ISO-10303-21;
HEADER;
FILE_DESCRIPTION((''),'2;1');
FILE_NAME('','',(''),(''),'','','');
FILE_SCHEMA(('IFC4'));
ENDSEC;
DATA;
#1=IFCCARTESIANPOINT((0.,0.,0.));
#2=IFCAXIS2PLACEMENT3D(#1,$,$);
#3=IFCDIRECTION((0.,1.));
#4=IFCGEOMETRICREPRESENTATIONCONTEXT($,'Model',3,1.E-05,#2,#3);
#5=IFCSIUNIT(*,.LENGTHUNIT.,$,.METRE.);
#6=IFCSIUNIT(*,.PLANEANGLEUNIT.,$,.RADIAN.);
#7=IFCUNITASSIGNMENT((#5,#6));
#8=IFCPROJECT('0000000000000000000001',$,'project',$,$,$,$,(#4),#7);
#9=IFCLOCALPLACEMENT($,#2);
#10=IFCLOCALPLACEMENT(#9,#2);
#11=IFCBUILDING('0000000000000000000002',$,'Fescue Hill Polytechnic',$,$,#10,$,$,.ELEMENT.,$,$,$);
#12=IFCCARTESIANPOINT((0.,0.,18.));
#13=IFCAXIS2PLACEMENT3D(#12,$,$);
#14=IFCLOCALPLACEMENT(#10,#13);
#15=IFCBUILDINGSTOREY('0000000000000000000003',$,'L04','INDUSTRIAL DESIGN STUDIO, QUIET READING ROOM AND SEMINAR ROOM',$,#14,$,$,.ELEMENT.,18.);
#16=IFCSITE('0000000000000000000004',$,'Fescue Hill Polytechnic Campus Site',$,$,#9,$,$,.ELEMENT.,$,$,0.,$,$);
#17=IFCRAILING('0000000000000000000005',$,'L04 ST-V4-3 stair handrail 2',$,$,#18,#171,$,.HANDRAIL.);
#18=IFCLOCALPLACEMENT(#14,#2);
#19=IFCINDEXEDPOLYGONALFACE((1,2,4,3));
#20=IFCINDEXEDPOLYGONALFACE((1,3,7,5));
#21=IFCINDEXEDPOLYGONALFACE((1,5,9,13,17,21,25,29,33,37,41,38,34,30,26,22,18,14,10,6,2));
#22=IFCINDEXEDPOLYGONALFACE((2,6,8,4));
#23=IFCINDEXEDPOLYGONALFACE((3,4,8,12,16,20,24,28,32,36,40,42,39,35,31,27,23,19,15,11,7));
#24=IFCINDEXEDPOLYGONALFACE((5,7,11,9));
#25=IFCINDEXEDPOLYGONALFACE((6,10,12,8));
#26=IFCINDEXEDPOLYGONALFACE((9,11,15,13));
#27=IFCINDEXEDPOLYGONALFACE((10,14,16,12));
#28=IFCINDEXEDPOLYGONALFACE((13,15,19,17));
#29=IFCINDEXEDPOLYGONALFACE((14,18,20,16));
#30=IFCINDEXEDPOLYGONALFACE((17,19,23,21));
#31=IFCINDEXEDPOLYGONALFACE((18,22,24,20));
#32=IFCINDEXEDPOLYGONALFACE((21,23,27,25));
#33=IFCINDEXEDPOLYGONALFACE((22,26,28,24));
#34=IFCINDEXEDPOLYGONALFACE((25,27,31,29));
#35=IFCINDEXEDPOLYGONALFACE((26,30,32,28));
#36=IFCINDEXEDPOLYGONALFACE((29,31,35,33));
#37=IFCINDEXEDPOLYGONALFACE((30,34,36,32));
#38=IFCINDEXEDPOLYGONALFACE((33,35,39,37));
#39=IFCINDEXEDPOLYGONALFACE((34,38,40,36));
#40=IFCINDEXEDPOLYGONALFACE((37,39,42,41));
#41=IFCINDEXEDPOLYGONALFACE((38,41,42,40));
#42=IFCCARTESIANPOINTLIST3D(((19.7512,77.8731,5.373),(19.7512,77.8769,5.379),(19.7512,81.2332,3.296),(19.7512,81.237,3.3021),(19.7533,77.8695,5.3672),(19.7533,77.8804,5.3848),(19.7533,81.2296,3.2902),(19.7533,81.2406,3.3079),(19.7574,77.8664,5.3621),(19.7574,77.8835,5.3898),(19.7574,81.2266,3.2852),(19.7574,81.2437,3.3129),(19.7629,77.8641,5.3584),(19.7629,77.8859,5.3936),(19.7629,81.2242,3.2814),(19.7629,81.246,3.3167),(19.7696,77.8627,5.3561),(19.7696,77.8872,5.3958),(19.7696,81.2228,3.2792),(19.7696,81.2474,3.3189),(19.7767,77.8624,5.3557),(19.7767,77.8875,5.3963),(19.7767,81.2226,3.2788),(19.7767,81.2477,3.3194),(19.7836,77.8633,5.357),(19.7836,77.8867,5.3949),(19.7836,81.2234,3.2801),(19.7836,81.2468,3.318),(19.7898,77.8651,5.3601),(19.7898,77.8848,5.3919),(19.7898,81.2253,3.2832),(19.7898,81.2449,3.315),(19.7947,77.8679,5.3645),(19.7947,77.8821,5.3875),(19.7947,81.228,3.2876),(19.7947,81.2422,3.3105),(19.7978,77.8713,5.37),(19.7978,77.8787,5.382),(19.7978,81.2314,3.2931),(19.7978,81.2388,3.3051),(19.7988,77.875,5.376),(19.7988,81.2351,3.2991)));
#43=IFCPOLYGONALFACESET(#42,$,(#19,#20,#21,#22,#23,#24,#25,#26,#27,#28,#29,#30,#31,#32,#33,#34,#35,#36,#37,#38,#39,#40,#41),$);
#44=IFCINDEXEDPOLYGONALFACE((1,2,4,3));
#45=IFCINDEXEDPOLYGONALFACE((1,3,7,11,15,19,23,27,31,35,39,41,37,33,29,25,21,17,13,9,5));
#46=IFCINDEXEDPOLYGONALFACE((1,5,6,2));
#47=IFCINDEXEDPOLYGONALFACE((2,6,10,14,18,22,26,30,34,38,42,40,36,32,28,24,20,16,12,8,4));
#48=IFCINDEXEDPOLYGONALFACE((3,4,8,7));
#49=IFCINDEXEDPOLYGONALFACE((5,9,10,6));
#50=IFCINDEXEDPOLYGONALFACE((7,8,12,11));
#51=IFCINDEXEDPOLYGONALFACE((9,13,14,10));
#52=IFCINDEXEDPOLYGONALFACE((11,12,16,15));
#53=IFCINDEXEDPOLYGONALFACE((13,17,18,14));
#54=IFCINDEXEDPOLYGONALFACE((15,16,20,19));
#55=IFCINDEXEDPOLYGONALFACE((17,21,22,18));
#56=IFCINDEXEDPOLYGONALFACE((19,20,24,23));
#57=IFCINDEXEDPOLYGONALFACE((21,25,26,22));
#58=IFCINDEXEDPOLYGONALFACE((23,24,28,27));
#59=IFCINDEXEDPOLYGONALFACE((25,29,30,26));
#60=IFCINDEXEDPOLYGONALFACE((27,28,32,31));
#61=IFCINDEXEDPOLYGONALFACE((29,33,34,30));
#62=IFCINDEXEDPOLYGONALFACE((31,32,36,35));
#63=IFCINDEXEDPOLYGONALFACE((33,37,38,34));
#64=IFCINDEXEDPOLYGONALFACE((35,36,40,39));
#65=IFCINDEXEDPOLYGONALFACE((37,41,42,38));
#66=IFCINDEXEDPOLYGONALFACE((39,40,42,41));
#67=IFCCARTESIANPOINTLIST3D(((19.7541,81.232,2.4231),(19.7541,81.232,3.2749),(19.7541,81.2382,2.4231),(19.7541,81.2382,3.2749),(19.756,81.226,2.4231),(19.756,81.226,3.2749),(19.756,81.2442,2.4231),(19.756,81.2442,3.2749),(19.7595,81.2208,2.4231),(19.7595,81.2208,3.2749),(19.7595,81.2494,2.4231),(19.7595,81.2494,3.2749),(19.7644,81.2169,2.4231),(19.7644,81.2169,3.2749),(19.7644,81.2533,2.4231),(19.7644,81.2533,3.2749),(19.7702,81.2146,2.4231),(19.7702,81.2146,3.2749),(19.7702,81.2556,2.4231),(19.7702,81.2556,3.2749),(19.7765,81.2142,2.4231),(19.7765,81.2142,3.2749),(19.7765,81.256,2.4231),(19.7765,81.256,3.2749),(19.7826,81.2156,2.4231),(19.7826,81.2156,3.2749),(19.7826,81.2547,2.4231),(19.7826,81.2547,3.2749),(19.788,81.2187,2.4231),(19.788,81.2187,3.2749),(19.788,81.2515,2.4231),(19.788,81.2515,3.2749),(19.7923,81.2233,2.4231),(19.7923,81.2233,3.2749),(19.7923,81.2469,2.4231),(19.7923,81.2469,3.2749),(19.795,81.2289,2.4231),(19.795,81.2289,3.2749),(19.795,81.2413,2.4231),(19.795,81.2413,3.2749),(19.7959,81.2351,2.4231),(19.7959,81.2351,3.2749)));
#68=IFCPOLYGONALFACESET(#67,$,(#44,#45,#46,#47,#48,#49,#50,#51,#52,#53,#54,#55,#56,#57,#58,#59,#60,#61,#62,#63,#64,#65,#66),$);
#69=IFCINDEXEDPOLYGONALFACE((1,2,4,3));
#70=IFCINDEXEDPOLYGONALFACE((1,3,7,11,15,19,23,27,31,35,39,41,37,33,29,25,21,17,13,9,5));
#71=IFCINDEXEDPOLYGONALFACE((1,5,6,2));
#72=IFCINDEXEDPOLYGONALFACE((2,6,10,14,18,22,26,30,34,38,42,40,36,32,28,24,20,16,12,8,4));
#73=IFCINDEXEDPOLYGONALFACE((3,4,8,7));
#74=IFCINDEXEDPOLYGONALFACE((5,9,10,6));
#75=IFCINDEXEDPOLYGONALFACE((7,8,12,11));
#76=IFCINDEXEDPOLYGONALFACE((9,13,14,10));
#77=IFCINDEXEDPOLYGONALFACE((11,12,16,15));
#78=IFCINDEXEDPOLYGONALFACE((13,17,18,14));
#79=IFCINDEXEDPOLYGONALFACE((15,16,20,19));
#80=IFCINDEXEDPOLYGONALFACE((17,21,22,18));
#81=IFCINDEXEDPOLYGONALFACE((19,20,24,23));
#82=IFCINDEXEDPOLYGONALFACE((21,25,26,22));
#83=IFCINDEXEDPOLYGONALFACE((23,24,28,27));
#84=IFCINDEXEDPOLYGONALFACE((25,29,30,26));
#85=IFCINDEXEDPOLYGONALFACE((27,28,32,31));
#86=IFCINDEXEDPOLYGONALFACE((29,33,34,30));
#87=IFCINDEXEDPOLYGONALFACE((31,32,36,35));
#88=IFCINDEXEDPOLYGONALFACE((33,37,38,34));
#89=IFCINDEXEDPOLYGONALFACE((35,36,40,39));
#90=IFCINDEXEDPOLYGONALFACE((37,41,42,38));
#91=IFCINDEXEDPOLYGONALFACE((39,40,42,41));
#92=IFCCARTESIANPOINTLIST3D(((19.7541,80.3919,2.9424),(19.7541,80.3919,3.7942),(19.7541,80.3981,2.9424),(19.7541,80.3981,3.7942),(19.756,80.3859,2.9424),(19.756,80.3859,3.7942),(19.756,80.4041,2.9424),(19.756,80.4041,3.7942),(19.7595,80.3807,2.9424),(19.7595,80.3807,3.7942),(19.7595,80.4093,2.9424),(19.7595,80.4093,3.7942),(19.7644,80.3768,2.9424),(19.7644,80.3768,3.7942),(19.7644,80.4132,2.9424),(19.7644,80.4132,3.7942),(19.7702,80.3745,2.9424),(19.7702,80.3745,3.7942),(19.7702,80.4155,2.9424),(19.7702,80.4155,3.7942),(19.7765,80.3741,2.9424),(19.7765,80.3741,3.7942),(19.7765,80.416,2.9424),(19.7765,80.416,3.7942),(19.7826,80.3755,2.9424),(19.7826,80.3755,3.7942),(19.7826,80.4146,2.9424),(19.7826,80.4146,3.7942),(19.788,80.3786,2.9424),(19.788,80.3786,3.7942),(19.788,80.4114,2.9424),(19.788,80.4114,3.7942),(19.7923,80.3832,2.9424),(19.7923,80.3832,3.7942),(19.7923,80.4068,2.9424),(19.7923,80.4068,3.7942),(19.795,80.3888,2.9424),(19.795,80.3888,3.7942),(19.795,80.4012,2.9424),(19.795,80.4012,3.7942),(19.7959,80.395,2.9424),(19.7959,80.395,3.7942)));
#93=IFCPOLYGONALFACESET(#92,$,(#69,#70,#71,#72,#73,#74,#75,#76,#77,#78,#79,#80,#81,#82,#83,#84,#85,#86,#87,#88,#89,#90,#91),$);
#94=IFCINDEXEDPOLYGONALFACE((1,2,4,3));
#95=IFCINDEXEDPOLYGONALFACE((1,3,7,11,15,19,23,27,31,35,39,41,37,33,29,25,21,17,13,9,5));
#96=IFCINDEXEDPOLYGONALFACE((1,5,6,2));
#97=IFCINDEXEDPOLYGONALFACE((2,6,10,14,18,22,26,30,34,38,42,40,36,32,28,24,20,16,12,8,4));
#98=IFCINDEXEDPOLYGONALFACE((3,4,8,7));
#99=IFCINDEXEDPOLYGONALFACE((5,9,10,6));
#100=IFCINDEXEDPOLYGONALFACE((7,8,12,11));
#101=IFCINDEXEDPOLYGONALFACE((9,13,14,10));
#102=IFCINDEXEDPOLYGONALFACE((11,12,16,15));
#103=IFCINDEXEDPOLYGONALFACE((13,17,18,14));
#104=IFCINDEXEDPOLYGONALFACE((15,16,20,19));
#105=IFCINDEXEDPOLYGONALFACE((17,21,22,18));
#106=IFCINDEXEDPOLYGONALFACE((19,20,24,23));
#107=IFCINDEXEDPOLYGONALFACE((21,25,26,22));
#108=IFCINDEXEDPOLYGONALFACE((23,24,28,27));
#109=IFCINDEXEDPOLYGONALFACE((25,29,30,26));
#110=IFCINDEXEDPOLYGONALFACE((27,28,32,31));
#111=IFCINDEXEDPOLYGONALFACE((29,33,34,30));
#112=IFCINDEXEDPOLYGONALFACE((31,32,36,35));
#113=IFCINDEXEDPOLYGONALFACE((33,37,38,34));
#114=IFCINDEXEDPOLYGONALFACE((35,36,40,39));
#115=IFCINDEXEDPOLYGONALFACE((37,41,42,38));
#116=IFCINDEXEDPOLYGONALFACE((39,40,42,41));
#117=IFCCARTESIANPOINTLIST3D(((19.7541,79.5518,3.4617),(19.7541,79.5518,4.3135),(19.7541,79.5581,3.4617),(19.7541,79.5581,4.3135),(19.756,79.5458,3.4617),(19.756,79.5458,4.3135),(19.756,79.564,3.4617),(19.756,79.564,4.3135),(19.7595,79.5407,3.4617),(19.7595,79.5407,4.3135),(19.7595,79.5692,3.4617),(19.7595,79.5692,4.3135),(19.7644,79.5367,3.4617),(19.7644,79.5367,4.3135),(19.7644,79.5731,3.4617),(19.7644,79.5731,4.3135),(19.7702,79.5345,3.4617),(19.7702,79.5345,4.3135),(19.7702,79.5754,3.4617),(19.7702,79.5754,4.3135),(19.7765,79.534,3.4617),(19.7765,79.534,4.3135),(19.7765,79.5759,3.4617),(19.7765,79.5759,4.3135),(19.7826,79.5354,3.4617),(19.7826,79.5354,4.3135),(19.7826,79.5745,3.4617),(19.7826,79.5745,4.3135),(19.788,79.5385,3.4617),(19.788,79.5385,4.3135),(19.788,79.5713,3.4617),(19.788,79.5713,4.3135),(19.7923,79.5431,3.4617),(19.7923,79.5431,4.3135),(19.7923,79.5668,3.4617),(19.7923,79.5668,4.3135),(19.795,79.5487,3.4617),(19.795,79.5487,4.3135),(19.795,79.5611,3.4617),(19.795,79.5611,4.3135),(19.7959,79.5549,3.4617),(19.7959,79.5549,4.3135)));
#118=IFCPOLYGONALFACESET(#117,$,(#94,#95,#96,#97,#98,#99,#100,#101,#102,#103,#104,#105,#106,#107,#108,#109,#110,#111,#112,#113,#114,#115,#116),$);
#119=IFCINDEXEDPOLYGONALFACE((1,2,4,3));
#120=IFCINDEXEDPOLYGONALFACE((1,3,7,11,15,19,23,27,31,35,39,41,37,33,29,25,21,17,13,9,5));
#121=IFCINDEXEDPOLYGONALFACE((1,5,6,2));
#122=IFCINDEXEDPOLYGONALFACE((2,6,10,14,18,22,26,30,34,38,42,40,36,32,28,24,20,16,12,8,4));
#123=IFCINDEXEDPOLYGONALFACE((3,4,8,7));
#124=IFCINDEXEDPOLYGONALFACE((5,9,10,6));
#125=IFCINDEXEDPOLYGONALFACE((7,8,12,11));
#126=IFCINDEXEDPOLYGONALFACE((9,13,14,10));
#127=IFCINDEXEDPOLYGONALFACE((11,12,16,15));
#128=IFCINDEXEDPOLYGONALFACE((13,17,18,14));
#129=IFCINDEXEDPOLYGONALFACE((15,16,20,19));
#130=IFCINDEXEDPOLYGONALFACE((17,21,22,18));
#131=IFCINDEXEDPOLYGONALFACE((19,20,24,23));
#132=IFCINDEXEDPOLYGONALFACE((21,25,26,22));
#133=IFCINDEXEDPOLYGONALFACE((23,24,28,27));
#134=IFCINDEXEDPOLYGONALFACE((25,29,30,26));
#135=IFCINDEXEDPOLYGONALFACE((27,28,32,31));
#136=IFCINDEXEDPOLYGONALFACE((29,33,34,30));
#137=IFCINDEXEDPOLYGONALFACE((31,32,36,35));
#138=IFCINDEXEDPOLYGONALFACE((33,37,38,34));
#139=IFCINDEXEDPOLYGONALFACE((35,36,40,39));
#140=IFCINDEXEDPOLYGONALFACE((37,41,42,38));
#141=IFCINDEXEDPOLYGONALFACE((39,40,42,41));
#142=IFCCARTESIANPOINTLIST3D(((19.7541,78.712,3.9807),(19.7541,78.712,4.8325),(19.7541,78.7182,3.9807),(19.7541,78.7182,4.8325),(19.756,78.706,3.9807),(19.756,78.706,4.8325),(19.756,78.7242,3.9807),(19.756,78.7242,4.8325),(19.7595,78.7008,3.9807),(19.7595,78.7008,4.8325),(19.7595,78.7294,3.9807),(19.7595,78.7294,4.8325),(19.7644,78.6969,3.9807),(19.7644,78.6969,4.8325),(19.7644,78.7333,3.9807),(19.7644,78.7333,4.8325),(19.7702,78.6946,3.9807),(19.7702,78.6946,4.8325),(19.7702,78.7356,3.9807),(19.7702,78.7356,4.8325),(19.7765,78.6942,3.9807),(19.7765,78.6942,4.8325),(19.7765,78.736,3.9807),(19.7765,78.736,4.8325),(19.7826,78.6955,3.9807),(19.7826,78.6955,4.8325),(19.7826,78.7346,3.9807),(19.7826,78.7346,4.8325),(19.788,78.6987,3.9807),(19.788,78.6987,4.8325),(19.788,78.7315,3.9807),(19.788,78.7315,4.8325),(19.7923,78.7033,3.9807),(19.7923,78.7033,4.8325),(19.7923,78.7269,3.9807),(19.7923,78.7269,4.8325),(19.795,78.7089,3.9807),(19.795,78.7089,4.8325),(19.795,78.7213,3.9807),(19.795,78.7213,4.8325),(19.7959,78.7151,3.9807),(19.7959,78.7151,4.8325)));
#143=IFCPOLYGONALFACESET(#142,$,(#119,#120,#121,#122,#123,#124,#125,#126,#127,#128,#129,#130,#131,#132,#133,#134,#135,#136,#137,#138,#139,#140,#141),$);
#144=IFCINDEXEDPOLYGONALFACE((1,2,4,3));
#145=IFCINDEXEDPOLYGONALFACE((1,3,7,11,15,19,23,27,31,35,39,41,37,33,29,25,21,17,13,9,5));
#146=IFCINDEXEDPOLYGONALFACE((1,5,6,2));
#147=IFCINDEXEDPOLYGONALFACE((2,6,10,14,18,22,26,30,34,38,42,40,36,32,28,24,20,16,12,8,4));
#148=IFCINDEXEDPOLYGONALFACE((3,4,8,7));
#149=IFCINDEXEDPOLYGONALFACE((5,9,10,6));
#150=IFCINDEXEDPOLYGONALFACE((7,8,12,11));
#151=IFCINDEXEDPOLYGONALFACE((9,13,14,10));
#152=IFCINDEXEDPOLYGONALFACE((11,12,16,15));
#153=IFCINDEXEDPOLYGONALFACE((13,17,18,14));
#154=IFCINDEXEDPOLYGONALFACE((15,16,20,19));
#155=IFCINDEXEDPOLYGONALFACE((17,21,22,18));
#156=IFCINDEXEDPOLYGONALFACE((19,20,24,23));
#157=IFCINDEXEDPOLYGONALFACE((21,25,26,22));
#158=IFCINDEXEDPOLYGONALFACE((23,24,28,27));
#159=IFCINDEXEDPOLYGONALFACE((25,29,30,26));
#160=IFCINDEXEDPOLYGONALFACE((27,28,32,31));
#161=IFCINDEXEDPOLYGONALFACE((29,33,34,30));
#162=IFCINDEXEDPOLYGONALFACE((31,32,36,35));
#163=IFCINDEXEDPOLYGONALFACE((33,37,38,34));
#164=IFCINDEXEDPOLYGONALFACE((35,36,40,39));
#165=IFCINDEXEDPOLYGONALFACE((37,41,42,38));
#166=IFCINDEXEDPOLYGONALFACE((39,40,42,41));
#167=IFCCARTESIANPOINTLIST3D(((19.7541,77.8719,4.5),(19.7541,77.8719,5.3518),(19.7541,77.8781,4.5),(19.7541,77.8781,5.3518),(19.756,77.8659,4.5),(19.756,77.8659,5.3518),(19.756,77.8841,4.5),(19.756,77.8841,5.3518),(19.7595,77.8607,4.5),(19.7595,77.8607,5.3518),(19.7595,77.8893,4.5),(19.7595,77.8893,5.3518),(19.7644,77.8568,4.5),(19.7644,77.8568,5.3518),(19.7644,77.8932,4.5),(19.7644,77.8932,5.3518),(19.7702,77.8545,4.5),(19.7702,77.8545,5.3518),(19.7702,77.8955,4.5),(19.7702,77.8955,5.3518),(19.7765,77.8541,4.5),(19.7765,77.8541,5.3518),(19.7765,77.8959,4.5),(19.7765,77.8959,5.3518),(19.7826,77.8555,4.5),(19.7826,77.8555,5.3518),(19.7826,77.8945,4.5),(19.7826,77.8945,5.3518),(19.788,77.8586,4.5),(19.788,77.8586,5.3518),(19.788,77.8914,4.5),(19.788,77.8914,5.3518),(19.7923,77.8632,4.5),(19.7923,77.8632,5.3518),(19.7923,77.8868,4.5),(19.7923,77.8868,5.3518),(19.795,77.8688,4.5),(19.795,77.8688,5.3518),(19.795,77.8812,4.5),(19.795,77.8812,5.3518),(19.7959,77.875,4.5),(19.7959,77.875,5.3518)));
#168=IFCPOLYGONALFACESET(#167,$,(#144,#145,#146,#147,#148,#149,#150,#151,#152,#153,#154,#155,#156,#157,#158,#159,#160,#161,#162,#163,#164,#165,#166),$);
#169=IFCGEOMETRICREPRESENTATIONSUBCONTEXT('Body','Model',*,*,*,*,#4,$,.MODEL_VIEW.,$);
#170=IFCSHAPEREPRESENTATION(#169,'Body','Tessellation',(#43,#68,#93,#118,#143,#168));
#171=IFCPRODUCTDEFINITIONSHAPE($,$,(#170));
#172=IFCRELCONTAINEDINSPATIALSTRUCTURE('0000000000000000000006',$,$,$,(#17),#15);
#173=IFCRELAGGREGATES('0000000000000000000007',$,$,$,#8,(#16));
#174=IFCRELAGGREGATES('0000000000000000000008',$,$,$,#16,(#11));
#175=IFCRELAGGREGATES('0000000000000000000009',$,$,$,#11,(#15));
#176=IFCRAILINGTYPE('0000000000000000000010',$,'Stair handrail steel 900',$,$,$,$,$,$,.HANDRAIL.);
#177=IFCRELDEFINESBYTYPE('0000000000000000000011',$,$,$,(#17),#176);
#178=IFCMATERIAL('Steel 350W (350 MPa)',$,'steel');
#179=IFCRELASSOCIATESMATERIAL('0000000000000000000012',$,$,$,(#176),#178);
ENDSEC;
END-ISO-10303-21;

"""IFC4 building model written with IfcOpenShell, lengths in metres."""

from ifc_helpers import new_model, si_unit, direction, frame, origin, origin_2d, place, context, subcontext, project, spatial, circle, extrude, material, type_object, element, save


model = new_model("IFC4")

# Units and contexts
model_context = context("Model", 3, precision=1e-05, world=origin(), true_north=direction((0.0, 1.0)))
body_context = subcontext(model_context, "Body", "Model", "MODEL_VIEW")
ifc_project = project(units=[si_unit("LENGTHUNIT", "METRE"), si_unit("PLANEANGLEUNIT", "RADIAN")], contexts=[model_context])

# Site, building, storey
site_placement = place(None, origin())
site = spatial("IfcSite", under=ifc_project, at=site_placement, Name="Fescue Hill Polytechnic Campus Site", CompositionType="ELEMENT", RefElevation=0.0)
building_placement = place(site_placement, origin())
building = spatial("IfcBuilding", under=site, at=building_placement, Name="Fescue Hill Polytechnic", CompositionType="ELEMENT")
storey_placement = place(building_placement, frame((0.0, 0.0, 18.0)))
storey = spatial("IfcBuildingStorey", under=building, at=storey_placement, Name="L04", Description="INDUSTRIAL DESIGN STUDIO, QUIET READING ROOM AND SEMINAR ROOM", CompositionType="ELEMENT", Elevation=18.0)

# Railing
ifc_material_1 = material(Name="Steel 350W (350 MPa)", Category="steel")
railing_type_1 = type_object("IfcRailingType", Name="Stair handrail steel 900", PredefinedType="HANDRAIL", material=ifc_material_1)
for number, where, name in (
    (1, (19.7749, 81.2351, 2.4231), "L04 ST-V4-3 stair handrail 2"),
):
    element("IfcRailing", number, at=place(storey_placement, frame(where)), inside=storey, type_object=railing_type_1, Name=name, PredefinedType="HANDRAIL", context=body_context, shape_type="SweptSolid", body=[
        extrude(circle(Radius=0.0239, at=origin_2d()), frame((0.0, 0.0, 0.876), z_axis=(0.0, -0.850623, 0.525776), x_axis=(1.0, 0.0, 0.0)), (0.0, 0.0, 1.0), 3.9502),
        extrude(circle(Radius=0.021, at=origin_2d()), origin(), (0.0, 0.0, 1.0), 0.8518),
        extrude(circle(Radius=0.021, at=origin_2d()), frame((0.0, -0.8401, 0.5193)), (0.0, 0.0, 1.0), 0.8518),
        extrude(circle(Radius=0.021, at=origin_2d()), frame((0.0, -1.6802, 1.0386)), (0.0, 0.0, 1.0), 0.8518),
        extrude(circle(Radius=0.021, at=origin_2d()), frame((0.0, -2.52, 1.5576)), (0.0, 0.0, 1.0), 0.8518),
        extrude(circle(Radius=0.021, at=origin_2d()), frame((0.0, -3.3601, 2.0769)), (0.0, 0.0, 1.0), 0.8518),
    ])

save(model, "model.ifc")
